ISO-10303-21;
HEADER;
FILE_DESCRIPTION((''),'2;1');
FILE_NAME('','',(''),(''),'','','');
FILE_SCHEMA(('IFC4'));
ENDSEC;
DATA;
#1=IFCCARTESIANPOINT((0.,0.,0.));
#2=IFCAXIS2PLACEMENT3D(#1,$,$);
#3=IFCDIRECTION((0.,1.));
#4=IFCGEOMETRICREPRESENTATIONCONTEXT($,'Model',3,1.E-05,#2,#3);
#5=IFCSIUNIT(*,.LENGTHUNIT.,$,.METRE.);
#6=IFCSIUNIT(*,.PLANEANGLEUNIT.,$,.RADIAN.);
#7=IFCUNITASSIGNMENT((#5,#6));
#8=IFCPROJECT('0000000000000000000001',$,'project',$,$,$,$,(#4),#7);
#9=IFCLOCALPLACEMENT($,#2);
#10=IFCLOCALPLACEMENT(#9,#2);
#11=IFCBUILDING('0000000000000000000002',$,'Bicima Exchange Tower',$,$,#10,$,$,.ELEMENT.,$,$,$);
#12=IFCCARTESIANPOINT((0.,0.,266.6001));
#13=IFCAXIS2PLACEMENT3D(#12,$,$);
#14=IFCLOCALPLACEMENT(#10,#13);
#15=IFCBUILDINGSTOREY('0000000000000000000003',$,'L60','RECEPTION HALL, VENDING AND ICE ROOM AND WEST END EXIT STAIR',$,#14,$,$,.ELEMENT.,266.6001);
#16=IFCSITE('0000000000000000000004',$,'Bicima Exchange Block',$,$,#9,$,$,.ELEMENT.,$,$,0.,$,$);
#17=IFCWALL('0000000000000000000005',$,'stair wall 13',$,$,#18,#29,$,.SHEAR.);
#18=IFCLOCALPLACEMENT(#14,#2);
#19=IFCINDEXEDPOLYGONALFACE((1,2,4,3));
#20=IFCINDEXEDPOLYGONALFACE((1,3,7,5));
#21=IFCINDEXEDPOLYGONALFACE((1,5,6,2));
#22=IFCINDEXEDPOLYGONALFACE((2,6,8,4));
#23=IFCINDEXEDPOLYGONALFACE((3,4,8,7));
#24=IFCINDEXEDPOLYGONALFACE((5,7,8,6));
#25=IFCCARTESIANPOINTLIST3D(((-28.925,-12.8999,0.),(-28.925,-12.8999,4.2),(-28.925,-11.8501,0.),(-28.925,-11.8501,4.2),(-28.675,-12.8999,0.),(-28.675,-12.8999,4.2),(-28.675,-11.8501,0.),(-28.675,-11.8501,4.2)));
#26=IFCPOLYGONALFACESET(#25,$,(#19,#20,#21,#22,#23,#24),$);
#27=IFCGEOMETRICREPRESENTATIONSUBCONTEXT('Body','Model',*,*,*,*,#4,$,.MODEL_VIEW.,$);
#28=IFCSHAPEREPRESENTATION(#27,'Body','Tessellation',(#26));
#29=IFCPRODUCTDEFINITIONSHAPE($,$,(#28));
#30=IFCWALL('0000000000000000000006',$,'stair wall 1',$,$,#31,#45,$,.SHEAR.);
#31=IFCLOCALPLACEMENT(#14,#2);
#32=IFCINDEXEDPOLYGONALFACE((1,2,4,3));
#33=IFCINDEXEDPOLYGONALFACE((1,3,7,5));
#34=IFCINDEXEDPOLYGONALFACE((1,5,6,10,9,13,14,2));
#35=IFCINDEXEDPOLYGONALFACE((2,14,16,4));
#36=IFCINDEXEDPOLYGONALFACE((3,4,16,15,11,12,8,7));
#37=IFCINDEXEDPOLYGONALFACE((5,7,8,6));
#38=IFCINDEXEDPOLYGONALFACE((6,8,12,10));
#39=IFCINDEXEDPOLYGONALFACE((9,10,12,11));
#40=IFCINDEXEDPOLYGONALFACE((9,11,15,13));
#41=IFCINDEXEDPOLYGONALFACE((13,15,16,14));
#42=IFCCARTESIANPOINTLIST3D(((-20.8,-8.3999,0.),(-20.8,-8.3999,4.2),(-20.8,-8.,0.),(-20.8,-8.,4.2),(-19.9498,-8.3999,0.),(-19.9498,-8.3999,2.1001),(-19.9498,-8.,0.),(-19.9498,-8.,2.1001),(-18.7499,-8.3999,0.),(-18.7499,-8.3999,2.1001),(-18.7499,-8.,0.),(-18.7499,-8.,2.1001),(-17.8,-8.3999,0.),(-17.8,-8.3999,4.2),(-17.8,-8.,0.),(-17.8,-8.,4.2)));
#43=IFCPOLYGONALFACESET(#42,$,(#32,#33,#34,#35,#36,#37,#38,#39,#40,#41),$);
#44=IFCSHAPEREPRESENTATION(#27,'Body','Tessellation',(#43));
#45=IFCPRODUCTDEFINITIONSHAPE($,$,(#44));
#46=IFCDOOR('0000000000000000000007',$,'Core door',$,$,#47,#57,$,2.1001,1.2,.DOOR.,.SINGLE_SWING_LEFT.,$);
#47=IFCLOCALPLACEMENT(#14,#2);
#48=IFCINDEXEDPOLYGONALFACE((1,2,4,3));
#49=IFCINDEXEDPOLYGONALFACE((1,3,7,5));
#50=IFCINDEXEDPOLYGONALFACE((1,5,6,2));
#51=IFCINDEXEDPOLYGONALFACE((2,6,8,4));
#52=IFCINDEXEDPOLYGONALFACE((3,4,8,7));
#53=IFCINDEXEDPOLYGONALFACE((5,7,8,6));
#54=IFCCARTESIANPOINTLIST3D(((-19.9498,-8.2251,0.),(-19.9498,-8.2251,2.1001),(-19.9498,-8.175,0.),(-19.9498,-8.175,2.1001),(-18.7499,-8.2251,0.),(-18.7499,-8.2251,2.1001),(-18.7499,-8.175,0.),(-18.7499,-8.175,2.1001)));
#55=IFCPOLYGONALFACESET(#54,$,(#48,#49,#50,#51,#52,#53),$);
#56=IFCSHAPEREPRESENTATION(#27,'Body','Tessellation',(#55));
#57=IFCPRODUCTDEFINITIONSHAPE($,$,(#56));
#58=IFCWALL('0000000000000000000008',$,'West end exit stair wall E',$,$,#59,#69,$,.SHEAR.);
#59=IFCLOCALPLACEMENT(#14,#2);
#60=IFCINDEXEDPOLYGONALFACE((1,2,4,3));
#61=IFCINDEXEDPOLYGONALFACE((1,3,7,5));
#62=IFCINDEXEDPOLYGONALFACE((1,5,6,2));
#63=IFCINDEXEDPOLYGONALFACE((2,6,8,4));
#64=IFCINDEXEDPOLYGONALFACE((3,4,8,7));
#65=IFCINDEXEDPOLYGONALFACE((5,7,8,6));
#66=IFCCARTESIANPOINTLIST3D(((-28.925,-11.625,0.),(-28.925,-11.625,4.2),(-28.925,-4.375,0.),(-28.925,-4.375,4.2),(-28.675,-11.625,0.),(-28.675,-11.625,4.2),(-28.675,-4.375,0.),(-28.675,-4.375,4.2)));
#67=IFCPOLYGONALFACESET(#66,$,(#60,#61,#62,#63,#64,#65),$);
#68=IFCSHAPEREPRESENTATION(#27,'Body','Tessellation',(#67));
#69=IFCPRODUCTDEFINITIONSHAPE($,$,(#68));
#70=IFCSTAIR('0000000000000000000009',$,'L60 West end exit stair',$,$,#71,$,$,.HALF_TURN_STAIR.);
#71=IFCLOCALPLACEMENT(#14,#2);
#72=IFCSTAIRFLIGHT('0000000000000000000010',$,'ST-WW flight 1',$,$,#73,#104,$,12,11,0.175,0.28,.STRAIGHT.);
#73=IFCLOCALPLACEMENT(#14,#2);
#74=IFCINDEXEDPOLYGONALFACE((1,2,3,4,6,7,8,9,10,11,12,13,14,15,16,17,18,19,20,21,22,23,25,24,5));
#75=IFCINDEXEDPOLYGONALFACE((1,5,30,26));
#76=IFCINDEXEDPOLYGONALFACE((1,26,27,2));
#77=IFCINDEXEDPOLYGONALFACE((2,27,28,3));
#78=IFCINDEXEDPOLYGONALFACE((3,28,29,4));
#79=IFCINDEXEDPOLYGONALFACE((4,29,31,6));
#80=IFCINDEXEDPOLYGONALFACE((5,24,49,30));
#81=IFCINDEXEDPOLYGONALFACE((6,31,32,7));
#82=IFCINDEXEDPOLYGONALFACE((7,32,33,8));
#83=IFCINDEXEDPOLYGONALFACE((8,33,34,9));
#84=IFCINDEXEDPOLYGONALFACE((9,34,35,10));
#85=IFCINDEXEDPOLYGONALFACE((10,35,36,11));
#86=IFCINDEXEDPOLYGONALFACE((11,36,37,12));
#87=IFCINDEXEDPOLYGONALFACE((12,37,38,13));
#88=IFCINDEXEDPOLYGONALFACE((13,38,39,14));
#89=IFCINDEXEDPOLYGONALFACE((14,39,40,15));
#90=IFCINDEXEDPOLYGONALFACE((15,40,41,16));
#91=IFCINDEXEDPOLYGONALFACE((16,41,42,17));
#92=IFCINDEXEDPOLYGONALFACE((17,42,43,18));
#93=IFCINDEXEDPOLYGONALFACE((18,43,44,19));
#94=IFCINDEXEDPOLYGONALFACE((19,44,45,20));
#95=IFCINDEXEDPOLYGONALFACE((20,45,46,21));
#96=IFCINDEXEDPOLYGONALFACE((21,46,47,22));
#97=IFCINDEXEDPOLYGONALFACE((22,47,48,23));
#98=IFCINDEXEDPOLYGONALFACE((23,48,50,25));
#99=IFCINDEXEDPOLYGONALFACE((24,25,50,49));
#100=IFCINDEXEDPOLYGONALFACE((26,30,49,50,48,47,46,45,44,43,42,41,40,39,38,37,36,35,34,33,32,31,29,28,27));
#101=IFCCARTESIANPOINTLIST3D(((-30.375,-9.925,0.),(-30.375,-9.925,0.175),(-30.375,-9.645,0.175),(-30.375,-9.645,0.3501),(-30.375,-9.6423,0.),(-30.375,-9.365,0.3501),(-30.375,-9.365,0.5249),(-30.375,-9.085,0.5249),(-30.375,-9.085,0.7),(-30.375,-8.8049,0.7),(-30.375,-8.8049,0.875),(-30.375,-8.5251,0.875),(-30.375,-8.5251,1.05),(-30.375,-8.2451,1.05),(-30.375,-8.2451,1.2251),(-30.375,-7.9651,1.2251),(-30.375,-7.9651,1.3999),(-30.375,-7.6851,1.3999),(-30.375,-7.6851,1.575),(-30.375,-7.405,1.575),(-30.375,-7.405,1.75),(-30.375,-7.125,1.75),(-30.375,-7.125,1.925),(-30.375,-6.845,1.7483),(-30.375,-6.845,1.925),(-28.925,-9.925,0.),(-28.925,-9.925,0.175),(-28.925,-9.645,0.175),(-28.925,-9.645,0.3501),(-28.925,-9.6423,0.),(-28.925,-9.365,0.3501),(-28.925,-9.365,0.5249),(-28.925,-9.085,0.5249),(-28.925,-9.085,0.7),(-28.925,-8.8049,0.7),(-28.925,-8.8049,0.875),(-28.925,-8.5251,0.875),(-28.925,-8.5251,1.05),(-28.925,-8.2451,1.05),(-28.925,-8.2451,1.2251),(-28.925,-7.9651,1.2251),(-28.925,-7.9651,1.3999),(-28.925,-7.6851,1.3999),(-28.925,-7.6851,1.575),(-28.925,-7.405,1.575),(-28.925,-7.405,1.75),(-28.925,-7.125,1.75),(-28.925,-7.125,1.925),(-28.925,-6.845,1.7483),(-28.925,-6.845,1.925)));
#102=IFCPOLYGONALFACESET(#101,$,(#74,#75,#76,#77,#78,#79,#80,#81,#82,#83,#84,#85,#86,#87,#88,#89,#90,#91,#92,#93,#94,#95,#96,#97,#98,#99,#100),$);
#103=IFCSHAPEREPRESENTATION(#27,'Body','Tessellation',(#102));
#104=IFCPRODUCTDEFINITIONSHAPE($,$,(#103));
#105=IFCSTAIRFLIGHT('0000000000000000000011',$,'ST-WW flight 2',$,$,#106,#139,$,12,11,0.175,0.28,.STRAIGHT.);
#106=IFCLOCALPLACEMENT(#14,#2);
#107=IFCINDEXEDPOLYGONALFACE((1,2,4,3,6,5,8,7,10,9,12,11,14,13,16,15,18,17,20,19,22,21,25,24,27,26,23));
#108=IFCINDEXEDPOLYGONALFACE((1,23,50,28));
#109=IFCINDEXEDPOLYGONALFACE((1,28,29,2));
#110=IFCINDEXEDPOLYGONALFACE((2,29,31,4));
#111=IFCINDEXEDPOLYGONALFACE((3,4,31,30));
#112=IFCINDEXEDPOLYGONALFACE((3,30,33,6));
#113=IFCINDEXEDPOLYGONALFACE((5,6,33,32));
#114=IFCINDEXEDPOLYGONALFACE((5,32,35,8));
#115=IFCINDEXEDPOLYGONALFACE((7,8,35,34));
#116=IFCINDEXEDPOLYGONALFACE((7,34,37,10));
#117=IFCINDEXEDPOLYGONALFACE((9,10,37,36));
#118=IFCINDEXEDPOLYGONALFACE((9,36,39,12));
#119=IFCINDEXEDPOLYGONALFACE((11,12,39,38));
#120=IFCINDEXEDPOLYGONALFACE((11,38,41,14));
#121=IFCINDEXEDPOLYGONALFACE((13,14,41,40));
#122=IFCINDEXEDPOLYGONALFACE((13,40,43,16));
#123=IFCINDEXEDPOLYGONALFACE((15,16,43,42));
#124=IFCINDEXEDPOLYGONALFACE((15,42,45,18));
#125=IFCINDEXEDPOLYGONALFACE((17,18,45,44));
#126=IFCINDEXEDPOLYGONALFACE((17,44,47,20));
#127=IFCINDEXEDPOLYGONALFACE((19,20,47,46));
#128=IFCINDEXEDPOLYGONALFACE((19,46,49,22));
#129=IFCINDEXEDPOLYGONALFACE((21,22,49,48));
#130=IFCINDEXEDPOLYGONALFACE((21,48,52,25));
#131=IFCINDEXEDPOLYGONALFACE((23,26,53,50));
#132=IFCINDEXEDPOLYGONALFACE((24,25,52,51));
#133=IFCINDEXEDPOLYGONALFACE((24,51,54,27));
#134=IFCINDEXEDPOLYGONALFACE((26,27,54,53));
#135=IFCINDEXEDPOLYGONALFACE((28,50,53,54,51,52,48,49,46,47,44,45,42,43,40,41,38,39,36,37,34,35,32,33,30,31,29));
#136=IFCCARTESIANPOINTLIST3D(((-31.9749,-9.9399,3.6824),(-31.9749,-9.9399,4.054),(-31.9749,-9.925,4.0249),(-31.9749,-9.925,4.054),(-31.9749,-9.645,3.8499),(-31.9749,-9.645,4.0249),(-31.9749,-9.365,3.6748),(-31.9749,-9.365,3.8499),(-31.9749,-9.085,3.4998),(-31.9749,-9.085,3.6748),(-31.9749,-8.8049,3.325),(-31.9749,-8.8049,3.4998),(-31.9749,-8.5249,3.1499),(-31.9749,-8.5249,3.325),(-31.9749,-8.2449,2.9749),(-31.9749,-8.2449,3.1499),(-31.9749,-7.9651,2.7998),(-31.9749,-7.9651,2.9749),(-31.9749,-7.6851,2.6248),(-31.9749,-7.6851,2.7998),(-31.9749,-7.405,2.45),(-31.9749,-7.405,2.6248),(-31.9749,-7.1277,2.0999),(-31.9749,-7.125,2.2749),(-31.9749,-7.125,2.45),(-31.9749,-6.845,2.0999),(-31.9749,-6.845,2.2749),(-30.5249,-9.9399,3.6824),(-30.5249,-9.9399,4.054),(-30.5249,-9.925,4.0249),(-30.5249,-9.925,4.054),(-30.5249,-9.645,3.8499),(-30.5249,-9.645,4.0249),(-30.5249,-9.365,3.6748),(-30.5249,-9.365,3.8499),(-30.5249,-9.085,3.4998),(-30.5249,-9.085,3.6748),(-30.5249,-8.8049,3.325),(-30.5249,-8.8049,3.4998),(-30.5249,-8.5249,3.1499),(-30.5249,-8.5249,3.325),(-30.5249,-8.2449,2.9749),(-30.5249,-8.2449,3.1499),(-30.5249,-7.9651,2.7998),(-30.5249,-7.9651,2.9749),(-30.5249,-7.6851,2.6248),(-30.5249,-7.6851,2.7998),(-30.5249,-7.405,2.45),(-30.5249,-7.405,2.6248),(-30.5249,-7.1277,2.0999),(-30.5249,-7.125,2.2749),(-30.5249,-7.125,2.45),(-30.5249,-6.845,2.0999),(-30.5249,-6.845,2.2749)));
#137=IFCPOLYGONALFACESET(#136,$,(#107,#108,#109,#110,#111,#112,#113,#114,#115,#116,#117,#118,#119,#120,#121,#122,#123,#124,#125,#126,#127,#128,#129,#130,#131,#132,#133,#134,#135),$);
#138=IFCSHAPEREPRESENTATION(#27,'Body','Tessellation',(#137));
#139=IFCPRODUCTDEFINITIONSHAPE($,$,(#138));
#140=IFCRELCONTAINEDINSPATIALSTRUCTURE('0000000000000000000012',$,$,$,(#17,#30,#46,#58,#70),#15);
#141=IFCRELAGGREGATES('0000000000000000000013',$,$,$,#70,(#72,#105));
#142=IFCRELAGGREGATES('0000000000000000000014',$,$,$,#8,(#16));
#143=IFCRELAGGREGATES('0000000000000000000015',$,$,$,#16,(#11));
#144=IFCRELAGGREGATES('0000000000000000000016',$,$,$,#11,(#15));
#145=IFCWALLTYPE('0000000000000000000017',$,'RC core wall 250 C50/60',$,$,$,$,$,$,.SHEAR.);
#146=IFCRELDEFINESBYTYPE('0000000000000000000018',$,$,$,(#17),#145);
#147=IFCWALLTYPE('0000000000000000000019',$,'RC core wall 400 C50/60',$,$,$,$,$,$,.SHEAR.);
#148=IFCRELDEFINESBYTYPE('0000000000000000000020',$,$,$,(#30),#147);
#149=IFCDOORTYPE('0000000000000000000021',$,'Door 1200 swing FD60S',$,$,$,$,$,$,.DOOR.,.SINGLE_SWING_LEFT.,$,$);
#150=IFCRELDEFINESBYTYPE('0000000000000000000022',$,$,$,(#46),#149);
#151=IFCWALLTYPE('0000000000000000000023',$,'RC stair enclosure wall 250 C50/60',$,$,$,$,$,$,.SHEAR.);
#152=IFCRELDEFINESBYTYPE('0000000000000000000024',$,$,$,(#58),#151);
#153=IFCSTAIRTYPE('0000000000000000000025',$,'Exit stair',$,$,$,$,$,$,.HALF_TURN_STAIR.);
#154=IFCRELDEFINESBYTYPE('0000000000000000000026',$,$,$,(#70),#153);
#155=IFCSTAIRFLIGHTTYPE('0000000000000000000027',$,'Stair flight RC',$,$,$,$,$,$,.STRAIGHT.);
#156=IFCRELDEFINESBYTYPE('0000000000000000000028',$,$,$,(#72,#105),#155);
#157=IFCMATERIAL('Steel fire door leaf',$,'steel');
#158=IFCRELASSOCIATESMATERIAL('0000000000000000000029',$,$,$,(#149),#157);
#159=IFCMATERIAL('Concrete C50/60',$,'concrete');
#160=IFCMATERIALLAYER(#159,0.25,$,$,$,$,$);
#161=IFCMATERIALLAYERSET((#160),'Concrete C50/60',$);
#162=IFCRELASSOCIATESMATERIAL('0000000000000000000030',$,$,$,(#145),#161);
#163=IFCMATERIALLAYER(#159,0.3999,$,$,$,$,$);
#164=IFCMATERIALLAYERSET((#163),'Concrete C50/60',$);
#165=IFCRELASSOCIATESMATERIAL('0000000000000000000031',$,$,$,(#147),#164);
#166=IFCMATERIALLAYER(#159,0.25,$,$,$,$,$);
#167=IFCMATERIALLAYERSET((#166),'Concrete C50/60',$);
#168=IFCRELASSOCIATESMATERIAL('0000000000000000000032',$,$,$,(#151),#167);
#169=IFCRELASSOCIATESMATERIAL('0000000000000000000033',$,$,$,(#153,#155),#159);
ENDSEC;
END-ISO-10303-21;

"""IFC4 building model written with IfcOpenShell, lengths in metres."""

from ifc_helpers import new_model, si_unit, direction, frame, frame_2d, origin, place, context, subcontext, project, spatial, polyline, rectangle, outline, extrude, material, layer, layer_set, type_object, element, fill, aggregate, save


model = new_model("IFC4")

# Units and contexts
model_context = context("Model", 3, precision=1e-05, world=origin(), true_north=direction((0.0, 1.0)))
body_context = subcontext(model_context, "Body", "Model", "MODEL_VIEW")
ifc_project = project(units=[si_unit("LENGTHUNIT", "METRE"), si_unit("PLANEANGLEUNIT", "RADIAN")], contexts=[model_context])

# Site, building, storey
site_placement = place(None, origin())
site = spatial("IfcSite", under=ifc_project, at=site_placement, Name="Bicima Exchange Block", CompositionType="ELEMENT", RefElevation=0.0)
building_placement = place(site_placement, origin())
building = spatial("IfcBuilding", under=site, at=building_placement, Name="Bicima Exchange Tower", CompositionType="ELEMENT")
storey_placement = place(building_placement, frame((0.0, 0.0, 266.6001)))
storey = spatial("IfcBuildingStorey", under=building, at=storey_placement, Name="L60", Description="RECEPTION HALL, VENDING AND ICE ROOM AND WEST END EXIT STAIR", CompositionType="ELEMENT", Elevation=266.6001)

# Shared definitions
ifc_material_1 = material(Name="Steel fire door leaf", Category="steel")
door_type_1 = type_object("IfcDoorType", Name="Door 1200 swing FD60S", OperationType="SINGLE_SWING_LEFT", PredefinedType="DOOR", material=ifc_material_1)

# Wall
ifc_material_2 = material(Name="Concrete C50/60", Category="concrete")
ifc_layer_1 = layer(ifc_material_2, 0.25)
ifc_layer_set_1 = layer_set([ifc_layer_1], Name="Concrete C50/60")
wall_type_1 = type_object("IfcWallType", Name="RC core wall 250 C50/60", PredefinedType="SHEAR", material=ifc_layer_set_1)
wall_1_placement = place(storey_placement, frame((-28.8, -12.8999, 0.0), z_axis=(0.0, 0.0, 1.0), x_axis=(0.0, 1.0, 0.0)))
element("IfcWall", 1, at=wall_1_placement, inside=storey, type_object=wall_type_1, Name="stair wall 13", PredefinedType="SHEAR", context=body_context, shape_type="SweptSolid", body=[
    extrude(rectangle(XDim=1.0498, YDim=0.25, at=frame_2d((0.5249, 0.0))), origin(), (0.0, 0.0, 1.0), 4.2),
])

# Wall, opening, door
ifc_layer_2 = layer(ifc_material_2, 0.3999)
ifc_layer_set_2 = layer_set([ifc_layer_2], Name="Concrete C50/60")
wall_type_2 = type_object("IfcWallType", Name="RC core wall 400 C50/60", PredefinedType="SHEAR", material=ifc_layer_set_2)
wall_2_placement = place(storey_placement, frame((-20.8, -8.2, 0.0), z_axis=(0.0, 0.0, 1.0), x_axis=(1.0, 0.0, 0.0)))
wall_2 = element("IfcWall", 2, at=wall_2_placement, inside=storey, type_object=wall_type_2, Name="stair wall 1", PredefinedType="SHEAR", context=body_context, shape_type="SweptSolid", body=[
    extrude(rectangle(XDim=3.0, YDim=0.3999, at=frame_2d((1.5, 0.0))), origin(), (0.0, 0.0, 1.0), 4.2),
])
opening_1_placement = place(wall_2_placement, frame((0.8501, 0.0, 0.0)))
opening_1 = element("IfcOpeningElement", 3, at=opening_1_placement, cuts=wall_2, PredefinedType="OPENING", context=body_context, shape_type="SweptSolid", body=[
    extrude(rectangle(XDim=1.2, YDim=2.1001, at=frame_2d((0.6001, 1.05))), frame((0.0, 0.2119, 0.0), z_axis=(0.0, -1.0, 0.0), x_axis=(1.0, 0.0, 0.0)), (0.0, 0.0, 1.0), 0.4238),
])
door_1_placement = place(opening_1_placement, origin())
door_1 = element("IfcDoor", 4, at=door_1_placement, inside=storey, type_object=door_type_1, Name="Core door", OperationType="SINGLE_SWING_LEFT", OverallHeight=2.1001, OverallWidth=1.2, PredefinedType="DOOR", context=body_context, shape_type="SweptSolid", body=[
    extrude(rectangle(XDim=1.2, YDim=2.1001, at=frame_2d((0.6001, 1.05))), frame((0.0, 0.0249, 0.0), z_axis=(0.0, -1.0, 0.0), x_axis=(1.0, 0.0, 0.0)), (0.0, 0.0, 1.0), 0.05),
])
fill(opening_1, door_1)

# Wall
ifc_layer_3 = layer(ifc_material_2, 0.25)
ifc_layer_set_3 = layer_set([ifc_layer_3], Name="Concrete C50/60")
wall_type_3 = type_object("IfcWallType", Name="RC stair enclosure wall 250 C50/60", PredefinedType="SHEAR", material=ifc_layer_set_3)
wall_3_placement = place(storey_placement, frame((-28.8, -11.625, 0.0), z_axis=(0.0, 0.0, 1.0), x_axis=(0.0, 1.0, 0.0)))
element("IfcWall", 5, at=wall_3_placement, inside=storey, type_object=wall_type_3, Name="West end exit stair wall E", PredefinedType="SHEAR", context=body_context, shape_type="SweptSolid", body=[
    extrude(rectangle(XDim=7.25, YDim=0.25, at=frame_2d((3.625, 0.0))), origin(), (0.0, 0.0, 1.0), 4.2),
])

# Stair, stair flights
stair_type = type_object("IfcStairType", Name="Exit stair", PredefinedType="HALF_TURN_STAIR", material=ifc_material_2)
stair_placement = place(storey_placement, origin())
stair = element("IfcStair", 6, at=stair_placement, inside=storey, type_object=stair_type, Name="L60 West end exit stair", PredefinedType="HALF_TURN_STAIR")
stair_flight_type = type_object("IfcStairFlightType", Name="Stair flight RC", PredefinedType="STRAIGHT", material=ifc_material_2)
stair_flight_1_placement = place(storey_placement, frame((-29.6499, -9.925, 0.0), z_axis=(0.0, 0.0, 1.0), x_axis=(0.0, 1.0, 0.0)))
stair_flight_1 = element("IfcStairFlight", 7, at=stair_flight_1_placement, type_object=stair_flight_type, Name="ST-WW flight 1", NumberOfRisers=12, NumberOfTreads=11, PredefinedType="STRAIGHT", RiserHeight=0.175, TreadLength=0.28, context=body_context, shape_type="SweptSolid", body=[
    extrude(outline(polyline([(0.0, 0.0), (0.0, 0.175), (0.28, 0.175), (0.28, 0.3501), (0.5601, 0.3501), (0.5601, 0.5249), (0.8401, 0.5249), (0.8401, 0.7), (1.1201, 0.7), (1.1201, 0.875), (1.3999, 0.875), (1.3999, 1.05), (1.6799, 1.05), (1.6799, 1.2251), (1.96, 1.2251), (1.96, 1.3999), (2.24, 1.3999), (2.24, 1.575), (2.52, 1.575), (2.52, 1.75), (2.8, 1.75), (2.8, 1.925), (3.0801, 1.925), (3.0801, 2.1001), (3.0801, 1.7483), (0.2827, 0.0), (0.0, 0.0)])), frame((0.0, 0.7251, 0.0), z_axis=(0.0, -1.0, 0.0), x_axis=(1.0, 0.0, 0.0)), (0.0, 0.0, 1.0), 1.45),
])
stair_flight_2_placement = place(storey_placement, frame((-31.25, -6.845, 2.0999), z_axis=(0.0, 0.0, 1.0), x_axis=(0.0, -1.0, 0.0)))
stair_flight_2 = element("IfcStairFlight", 8, at=stair_flight_2_placement, type_object=stair_flight_type, Name="ST-WW flight 2", NumberOfRisers=12, NumberOfTreads=11, PredefinedType="STRAIGHT", RiserHeight=0.175, TreadLength=0.28, context=body_context, shape_type="SweptSolid", body=[
    extrude(outline(polyline([(0.0, 0.0), (0.0, 0.175), (0.28, 0.175), (0.28, 0.3501), (0.5601, 0.3501), (0.5601, 0.5249), (0.8401, 0.5249), (0.8401, 0.7), (1.1201, 0.7), (1.1201, 0.875), (1.3999, 0.875), (1.3999, 1.05), (1.6799, 1.05), (1.6799, 1.2251), (1.96, 1.2251), (1.96, 1.3999), (2.24, 1.3999), (2.24, 1.575), (2.52, 1.575), (2.52, 1.75), (2.8, 1.75), (2.8, 1.925), (3.0801, 1.925), (3.0801, 1.9541), (3.095, 1.9541), (3.095, 1.5825), (0.2827, 0.0), (0.0, 0.0)])), frame((0.0, 0.7251, 0.0), z_axis=(0.0, -1.0, 0.0), x_axis=(1.0, 0.0, 0.0)), (0.0, 0.0, 1.0), 1.45),
])
aggregate(stair, [stair_flight_1, stair_flight_2])

save(model, "model.ifc")
